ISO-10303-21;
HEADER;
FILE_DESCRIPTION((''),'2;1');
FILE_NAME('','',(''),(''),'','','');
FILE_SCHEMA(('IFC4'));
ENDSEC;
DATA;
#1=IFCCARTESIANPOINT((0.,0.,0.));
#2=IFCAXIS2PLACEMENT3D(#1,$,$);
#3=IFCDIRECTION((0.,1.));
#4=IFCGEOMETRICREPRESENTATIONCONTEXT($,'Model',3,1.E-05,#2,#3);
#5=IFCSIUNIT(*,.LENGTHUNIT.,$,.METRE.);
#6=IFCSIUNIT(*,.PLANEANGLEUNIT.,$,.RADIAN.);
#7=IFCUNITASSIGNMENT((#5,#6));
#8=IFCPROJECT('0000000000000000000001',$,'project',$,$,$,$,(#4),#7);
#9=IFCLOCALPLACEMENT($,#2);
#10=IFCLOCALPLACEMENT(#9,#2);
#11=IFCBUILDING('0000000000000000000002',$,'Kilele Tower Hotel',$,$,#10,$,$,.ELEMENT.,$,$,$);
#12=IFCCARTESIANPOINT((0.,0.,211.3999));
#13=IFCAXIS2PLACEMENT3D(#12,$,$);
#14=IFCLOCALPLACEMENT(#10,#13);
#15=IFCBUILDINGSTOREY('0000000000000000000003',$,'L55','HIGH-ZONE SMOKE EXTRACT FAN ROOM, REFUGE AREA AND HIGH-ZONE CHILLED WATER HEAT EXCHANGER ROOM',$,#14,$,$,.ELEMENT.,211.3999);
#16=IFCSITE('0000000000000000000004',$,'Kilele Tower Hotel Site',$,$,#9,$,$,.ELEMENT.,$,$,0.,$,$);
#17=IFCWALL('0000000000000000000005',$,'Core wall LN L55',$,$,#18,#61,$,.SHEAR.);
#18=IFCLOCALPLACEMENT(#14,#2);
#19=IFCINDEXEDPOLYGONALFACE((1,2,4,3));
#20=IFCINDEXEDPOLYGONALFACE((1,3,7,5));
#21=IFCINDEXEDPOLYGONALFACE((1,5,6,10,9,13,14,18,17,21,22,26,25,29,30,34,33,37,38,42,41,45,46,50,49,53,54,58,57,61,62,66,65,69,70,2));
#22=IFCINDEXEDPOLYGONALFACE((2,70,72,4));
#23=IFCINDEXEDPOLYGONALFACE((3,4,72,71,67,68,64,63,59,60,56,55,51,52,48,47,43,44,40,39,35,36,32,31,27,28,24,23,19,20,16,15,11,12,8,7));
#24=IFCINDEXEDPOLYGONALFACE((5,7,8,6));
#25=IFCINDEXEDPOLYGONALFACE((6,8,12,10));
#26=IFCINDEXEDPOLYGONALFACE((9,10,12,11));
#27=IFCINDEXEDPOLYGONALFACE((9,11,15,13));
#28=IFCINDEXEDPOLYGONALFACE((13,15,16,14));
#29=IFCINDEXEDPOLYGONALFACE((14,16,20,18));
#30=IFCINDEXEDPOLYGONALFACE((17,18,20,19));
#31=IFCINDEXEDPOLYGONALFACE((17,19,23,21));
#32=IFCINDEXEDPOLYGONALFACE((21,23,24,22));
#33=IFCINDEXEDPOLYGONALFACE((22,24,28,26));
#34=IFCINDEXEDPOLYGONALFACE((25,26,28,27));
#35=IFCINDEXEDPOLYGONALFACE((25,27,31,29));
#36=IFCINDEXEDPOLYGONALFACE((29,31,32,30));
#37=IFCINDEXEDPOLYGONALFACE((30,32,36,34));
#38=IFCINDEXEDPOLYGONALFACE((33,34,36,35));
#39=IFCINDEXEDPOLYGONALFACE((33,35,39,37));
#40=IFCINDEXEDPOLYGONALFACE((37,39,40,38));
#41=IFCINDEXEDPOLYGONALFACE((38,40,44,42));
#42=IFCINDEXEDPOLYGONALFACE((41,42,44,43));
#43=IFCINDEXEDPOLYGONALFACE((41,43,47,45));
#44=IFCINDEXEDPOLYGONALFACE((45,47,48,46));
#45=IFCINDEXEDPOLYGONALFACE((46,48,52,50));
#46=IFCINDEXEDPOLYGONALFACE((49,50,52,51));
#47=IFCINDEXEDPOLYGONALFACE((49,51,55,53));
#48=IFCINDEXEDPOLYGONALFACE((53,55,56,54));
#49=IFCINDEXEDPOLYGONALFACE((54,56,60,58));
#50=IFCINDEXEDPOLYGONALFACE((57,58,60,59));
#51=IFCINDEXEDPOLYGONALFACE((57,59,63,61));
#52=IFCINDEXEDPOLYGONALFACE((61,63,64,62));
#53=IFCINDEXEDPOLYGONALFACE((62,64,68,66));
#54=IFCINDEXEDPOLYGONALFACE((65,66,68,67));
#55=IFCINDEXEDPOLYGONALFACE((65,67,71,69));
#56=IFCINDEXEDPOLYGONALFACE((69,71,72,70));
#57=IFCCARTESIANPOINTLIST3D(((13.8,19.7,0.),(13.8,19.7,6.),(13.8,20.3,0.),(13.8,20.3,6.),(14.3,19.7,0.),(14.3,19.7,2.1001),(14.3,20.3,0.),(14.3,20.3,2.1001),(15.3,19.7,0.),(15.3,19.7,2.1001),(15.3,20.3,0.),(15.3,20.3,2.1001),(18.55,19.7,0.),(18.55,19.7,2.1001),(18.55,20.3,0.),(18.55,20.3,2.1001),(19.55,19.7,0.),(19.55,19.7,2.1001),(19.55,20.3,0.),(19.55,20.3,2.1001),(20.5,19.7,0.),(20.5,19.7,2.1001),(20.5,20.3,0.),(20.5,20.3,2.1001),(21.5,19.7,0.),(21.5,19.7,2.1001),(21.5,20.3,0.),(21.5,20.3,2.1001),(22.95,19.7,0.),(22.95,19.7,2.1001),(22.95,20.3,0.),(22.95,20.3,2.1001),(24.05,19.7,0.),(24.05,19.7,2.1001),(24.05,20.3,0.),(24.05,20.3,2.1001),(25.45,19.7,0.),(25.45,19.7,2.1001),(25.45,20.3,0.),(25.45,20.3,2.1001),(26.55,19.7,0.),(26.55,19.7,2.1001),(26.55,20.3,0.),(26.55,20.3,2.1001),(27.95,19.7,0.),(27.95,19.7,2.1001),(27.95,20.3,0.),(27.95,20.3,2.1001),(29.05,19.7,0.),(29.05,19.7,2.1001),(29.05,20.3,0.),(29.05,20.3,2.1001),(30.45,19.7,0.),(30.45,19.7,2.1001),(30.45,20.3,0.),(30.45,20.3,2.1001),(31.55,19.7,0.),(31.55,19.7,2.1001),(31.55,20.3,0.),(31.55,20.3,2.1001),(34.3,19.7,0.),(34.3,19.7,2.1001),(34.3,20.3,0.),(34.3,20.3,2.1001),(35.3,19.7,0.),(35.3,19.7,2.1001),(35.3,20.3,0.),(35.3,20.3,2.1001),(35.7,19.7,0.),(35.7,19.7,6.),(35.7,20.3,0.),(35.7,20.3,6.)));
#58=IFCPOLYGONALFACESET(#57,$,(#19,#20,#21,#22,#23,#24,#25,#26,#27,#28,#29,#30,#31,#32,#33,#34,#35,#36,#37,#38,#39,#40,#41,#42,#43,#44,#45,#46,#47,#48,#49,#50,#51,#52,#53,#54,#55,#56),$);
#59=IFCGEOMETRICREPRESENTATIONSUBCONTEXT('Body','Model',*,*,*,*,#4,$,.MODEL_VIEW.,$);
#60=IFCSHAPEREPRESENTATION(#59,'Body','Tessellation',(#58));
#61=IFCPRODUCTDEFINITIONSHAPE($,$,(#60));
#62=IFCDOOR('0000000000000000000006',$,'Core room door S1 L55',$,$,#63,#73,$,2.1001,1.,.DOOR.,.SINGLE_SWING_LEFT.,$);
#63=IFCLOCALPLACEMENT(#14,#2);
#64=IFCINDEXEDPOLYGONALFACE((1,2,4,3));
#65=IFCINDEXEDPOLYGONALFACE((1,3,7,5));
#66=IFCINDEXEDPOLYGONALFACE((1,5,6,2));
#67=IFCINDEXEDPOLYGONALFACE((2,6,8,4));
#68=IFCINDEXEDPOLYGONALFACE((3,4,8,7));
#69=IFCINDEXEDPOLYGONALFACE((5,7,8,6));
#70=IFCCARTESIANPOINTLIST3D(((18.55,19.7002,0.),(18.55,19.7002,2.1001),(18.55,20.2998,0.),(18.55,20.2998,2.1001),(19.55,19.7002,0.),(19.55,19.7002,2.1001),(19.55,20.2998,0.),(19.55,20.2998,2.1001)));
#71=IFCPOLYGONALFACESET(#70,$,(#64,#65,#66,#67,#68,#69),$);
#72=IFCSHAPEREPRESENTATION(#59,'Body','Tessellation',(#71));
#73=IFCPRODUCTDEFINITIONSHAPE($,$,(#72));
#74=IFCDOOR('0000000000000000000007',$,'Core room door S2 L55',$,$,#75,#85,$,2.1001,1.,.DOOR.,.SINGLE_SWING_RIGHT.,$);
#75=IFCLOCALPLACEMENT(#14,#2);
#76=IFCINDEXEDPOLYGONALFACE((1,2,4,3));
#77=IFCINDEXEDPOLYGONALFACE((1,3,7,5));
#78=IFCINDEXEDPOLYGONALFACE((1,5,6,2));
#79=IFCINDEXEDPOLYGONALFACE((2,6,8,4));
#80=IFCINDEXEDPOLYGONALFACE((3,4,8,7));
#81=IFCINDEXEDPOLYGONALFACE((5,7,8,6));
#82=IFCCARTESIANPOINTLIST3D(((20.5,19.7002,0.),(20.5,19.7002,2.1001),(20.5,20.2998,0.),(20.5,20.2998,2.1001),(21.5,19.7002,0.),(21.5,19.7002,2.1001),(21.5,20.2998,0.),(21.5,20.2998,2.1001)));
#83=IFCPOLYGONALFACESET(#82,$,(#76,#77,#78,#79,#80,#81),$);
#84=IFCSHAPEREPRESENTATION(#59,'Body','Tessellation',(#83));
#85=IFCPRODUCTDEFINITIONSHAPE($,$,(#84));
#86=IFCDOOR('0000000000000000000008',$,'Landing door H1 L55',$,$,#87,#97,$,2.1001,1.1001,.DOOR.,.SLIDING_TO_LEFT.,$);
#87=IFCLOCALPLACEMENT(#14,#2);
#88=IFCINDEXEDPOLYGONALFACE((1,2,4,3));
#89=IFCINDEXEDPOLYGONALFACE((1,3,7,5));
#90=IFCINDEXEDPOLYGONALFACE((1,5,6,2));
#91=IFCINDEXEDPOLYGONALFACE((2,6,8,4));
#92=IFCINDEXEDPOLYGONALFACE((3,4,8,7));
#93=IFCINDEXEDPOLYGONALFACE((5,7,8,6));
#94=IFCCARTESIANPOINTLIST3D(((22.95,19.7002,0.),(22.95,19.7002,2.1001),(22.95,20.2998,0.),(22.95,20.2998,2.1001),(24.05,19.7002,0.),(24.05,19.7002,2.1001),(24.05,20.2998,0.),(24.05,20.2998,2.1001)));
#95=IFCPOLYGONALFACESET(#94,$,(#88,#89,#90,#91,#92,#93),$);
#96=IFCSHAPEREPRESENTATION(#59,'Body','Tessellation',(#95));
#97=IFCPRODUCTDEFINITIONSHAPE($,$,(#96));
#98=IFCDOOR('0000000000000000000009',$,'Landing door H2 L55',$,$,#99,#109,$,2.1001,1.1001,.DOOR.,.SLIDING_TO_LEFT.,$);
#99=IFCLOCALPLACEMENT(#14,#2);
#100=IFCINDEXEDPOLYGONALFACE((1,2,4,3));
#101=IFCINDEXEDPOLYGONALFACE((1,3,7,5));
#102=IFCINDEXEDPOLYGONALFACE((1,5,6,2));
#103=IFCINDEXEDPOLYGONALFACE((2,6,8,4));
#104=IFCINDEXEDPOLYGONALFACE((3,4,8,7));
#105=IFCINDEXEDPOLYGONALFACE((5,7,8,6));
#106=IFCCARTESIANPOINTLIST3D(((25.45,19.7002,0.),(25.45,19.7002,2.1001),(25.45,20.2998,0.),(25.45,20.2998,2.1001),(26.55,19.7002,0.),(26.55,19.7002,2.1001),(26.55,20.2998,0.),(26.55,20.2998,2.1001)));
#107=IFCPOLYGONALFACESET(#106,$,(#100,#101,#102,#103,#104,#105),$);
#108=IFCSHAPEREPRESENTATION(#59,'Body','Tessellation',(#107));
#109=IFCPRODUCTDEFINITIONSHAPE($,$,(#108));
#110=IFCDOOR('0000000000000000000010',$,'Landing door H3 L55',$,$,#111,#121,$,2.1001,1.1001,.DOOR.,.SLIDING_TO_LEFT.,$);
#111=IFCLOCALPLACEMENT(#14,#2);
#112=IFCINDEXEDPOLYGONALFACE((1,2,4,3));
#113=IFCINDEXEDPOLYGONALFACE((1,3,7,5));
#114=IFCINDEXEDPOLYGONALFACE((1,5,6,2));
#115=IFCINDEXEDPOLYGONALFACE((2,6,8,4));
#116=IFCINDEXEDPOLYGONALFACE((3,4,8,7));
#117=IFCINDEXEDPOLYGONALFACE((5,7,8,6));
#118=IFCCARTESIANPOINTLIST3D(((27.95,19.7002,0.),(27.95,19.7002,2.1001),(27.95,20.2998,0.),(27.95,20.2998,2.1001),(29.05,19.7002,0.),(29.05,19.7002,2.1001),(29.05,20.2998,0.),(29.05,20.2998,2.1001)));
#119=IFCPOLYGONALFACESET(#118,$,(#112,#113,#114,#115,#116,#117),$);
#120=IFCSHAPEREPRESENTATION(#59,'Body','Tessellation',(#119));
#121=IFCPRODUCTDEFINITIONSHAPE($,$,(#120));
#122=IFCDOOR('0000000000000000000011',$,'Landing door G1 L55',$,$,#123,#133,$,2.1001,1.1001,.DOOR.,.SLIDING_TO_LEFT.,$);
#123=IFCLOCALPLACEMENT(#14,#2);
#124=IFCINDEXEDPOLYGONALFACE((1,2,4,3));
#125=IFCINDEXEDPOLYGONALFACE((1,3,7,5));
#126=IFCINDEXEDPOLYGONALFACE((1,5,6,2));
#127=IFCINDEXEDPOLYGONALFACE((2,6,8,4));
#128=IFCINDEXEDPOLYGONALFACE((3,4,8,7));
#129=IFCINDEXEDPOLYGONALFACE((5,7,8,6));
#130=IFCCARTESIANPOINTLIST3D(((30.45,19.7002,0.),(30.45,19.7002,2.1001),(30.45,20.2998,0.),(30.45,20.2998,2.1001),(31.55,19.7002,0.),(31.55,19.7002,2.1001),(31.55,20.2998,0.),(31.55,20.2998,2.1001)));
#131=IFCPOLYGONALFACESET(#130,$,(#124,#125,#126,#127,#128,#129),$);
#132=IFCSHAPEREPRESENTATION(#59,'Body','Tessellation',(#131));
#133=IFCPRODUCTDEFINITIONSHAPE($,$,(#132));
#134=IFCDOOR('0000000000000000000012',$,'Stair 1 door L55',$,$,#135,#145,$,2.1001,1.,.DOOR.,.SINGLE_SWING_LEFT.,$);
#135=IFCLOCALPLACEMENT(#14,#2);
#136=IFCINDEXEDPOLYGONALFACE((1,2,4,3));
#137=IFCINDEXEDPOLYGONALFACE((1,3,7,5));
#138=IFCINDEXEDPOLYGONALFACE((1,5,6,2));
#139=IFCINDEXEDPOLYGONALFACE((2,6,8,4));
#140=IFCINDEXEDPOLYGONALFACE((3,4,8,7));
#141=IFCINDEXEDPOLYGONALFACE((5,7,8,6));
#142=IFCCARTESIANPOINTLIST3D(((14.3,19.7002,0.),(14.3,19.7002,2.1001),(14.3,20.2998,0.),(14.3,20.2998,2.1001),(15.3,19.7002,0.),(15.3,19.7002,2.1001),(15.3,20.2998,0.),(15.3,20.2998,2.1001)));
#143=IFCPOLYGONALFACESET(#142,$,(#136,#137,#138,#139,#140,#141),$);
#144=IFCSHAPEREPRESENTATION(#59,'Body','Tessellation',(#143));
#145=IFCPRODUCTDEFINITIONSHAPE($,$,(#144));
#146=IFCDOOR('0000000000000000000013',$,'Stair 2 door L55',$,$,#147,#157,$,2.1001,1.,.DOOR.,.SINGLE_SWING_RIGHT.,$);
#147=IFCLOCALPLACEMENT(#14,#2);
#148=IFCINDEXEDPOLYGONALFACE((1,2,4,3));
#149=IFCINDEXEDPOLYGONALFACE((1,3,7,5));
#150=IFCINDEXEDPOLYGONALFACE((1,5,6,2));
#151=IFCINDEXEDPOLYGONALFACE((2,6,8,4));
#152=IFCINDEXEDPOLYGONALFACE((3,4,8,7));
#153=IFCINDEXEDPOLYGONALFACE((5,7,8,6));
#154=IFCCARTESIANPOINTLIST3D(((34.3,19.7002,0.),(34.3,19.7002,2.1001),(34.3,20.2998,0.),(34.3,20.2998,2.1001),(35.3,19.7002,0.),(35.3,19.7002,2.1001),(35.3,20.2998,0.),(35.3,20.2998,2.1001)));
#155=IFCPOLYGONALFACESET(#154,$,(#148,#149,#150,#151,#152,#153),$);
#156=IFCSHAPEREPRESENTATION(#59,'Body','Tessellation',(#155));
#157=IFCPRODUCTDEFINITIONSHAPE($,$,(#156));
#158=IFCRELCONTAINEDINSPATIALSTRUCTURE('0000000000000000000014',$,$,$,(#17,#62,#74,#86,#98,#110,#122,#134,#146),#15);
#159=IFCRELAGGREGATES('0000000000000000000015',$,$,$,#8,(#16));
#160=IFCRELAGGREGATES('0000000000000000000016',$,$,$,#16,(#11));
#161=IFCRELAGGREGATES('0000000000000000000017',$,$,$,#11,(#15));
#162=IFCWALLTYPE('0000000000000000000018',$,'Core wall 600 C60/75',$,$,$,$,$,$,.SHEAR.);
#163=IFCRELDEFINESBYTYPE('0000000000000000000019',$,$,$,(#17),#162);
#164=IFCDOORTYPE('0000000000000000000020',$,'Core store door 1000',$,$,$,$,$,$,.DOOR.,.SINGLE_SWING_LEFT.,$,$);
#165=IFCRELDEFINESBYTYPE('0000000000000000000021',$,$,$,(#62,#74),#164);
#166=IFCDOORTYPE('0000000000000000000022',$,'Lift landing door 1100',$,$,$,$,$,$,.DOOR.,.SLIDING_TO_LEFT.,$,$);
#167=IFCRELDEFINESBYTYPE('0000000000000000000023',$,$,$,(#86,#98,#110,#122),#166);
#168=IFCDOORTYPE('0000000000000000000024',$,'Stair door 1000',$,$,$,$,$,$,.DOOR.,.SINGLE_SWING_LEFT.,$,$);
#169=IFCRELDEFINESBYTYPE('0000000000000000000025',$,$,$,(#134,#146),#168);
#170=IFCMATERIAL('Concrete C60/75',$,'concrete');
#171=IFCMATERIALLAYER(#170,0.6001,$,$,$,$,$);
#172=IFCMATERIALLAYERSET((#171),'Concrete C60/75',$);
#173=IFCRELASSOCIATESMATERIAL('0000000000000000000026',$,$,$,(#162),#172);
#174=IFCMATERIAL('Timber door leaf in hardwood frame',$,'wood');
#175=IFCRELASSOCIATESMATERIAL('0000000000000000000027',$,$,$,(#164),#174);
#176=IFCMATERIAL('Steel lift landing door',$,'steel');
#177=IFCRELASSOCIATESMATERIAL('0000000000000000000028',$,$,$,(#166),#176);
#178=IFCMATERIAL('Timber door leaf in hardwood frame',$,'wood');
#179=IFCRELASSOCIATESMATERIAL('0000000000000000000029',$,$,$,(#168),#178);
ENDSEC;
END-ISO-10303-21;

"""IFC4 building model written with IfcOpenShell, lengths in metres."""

from ifc_helpers import new_model, si_unit, direction, frame, frame_2d, origin, place, context, subcontext, project, spatial, rectangle, extrude, material, layer, layer_set, type_object, element, fill, save


model = new_model("IFC4")

# Units and contexts
model_context = context("Model", 3, precision=1e-05, world=origin(), true_north=direction((0.0, 1.0)))
body_context = subcontext(model_context, "Body", "Model", "MODEL_VIEW")
ifc_project = project(units=[si_unit("LENGTHUNIT", "METRE"), si_unit("PLANEANGLEUNIT", "RADIAN")], contexts=[model_context])

# Site, building, storey
site_placement = place(None, origin())
site = spatial("IfcSite", under=ifc_project, at=site_placement, Name="Kilele Tower Hotel Site", CompositionType="ELEMENT", RefElevation=0.0)
building_placement = place(site_placement, origin())
building = spatial("IfcBuilding", under=site, at=building_placement, Name="Kilele Tower Hotel", CompositionType="ELEMENT")
storey_placement = place(building_placement, frame((0.0, 0.0, 211.3999)))
storey = spatial("IfcBuildingStorey", under=building, at=storey_placement, Name="L55", Description="HIGH-ZONE SMOKE EXTRACT FAN ROOM, REFUGE AREA AND HIGH-ZONE CHILLED WATER HEAT EXCHANGER ROOM", CompositionType="ELEMENT", Elevation=211.3999)

# Shared definitions
ifc_material_1 = material(Name="Concrete C60/75", Category="concrete")
ifc_layer_1 = layer(ifc_material_1, 0.6001)
ifc_layer_set_1 = layer_set([ifc_layer_1], Name="Concrete C60/75")
wall_type_1 = type_object("IfcWallType", Name="Core wall 600 C60/75", PredefinedType="SHEAR", material=ifc_layer_set_1)

# Wall, openings, doors
ifc_material_2 = material(Name="Timber door leaf in hardwood frame", Category="wood")
door_type_1 = type_object("IfcDoorType", Name="Core store door 1000", OperationType="SINGLE_SWING_LEFT", PredefinedType="DOOR", material=ifc_material_2)
wall_1_placement = place(storey_placement, frame((13.8, 20.0, 0.0), z_axis=(0.0, 0.0, 1.0), x_axis=(1.0, 0.0, 0.0)))
wall_1 = element("IfcWall", 1, at=wall_1_placement, inside=storey, type_object=wall_type_1, Name="Core wall LN L55", PredefinedType="SHEAR", context=body_context, shape_type="SweptSolid", body=[
    extrude(rectangle(XDim=21.8999, YDim=0.6001, at=frame_2d((10.95, 0.0))), origin(), (0.0, 0.0, 1.0), 6.0),
])
opening_1_placement = place(wall_1_placement, frame((0.5, 0.0, 0.0)))
opening_1 = element("IfcOpeningElement", 2, at=opening_1_placement, cuts=wall_1, PredefinedType="OPENING", context=body_context, shape_type="SweptSolid", body=[
    extrude(rectangle(XDim=1.0, YDim=2.1001, at=frame_2d((0.5, 1.05))), frame((0.0, 0.3101, 0.0), z_axis=(0.0, -1.0, 0.0), x_axis=(1.0, 0.0, 0.0)), (0.0, 0.0, 1.0), 0.6201),
])
opening_2_placement = place(wall_1_placement, frame((20.5, 0.0, 0.0)))
opening_2 = element("IfcOpeningElement", 3, at=opening_2_placement, cuts=wall_1, PredefinedType="OPENING", context=body_context, shape_type="SweptSolid", body=[
    extrude(rectangle(XDim=1.0, YDim=2.1001, at=frame_2d((0.5, 1.05))), frame((0.0, 0.3101, 0.0), z_axis=(0.0, -1.0, 0.0), x_axis=(1.0, 0.0, 0.0)), (0.0, 0.0, 1.0), 0.6201),
])
opening_3_placement = place(wall_1_placement, frame((9.1499, 0.0, 0.0)))
opening_3 = element("IfcOpeningElement", 4, at=opening_3_placement, cuts=wall_1, PredefinedType="OPENING", context=body_context, shape_type="SweptSolid", body=[
    extrude(rectangle(XDim=1.1001, YDim=2.1001, at=frame_2d((0.55, 1.05))), frame((0.0, 0.3101, 0.0), z_axis=(0.0, -1.0, 0.0), x_axis=(1.0, 0.0, 0.0)), (0.0, 0.0, 1.0), 0.6201),
])
opening_4_placement = place(wall_1_placement, frame((11.6499, 0.0, 0.0)))
opening_4 = element("IfcOpeningElement", 5, at=opening_4_placement, cuts=wall_1, PredefinedType="OPENING", context=body_context, shape_type="SweptSolid", body=[
    extrude(rectangle(XDim=1.1001, YDim=2.1001, at=frame_2d((0.55, 1.05))), frame((0.0, 0.3101, 0.0), z_axis=(0.0, -1.0, 0.0), x_axis=(1.0, 0.0, 0.0)), (0.0, 0.0, 1.0), 0.6201),
])
opening_5_placement = place(wall_1_placement, frame((14.1499, 0.0, 0.0)))
opening_5 = element("IfcOpeningElement", 6, at=opening_5_placement, cuts=wall_1, PredefinedType="OPENING", context=body_context, shape_type="SweptSolid", body=[
    extrude(rectangle(XDim=1.1001, YDim=2.1001, at=frame_2d((0.55, 1.05))), frame((0.0, 0.3101, 0.0), z_axis=(0.0, -1.0, 0.0), x_axis=(1.0, 0.0, 0.0)), (0.0, 0.0, 1.0), 0.6201),
])
opening_6_placement = place(wall_1_placement, frame((16.6499, 0.0, 0.0)))
opening_6 = element("IfcOpeningElement", 7, at=opening_6_placement, cuts=wall_1, PredefinedType="OPENING", context=body_context, shape_type="SweptSolid", body=[
    extrude(rectangle(XDim=1.1001, YDim=2.1001, at=frame_2d((0.55, 1.05))), frame((0.0, 0.3101, 0.0), z_axis=(0.0, -1.0, 0.0), x_axis=(1.0, 0.0, 0.0)), (0.0, 0.0, 1.0), 0.6201),
])
opening_7_placement = place(wall_1_placement, frame((4.75, 0.0, 0.0)))
opening_7 = element("IfcOpeningElement", 8, at=opening_7_placement, cuts=wall_1, PredefinedType="OPENING", context=body_context, shape_type="SweptSolid", body=[
    extrude(rectangle(XDim=1.0, YDim=2.1001, at=frame_2d((0.5, 1.05))), frame((0.0, 0.3101, 0.0), z_axis=(0.0, -1.0, 0.0), x_axis=(1.0, 0.0, 0.0)), (0.0, 0.0, 1.0), 0.6201),
])
opening_8_placement = place(wall_1_placement, frame((6.7, 0.0, 0.0)))
opening_8 = element("IfcOpeningElement", 9, at=opening_8_placement, cuts=wall_1, PredefinedType="OPENING", context=body_context, shape_type="SweptSolid", body=[
    extrude(rectangle(XDim=1.0, YDim=2.1001, at=frame_2d((0.5, 1.05))), frame((0.0, 0.3101, 0.0), z_axis=(0.0, -1.0, 0.0), x_axis=(1.0, 0.0, 0.0)), (0.0, 0.0, 1.0), 0.6201),
])
door_1_placement = place(opening_7_placement, origin())
door_1 = element("IfcDoor", 10, at=door_1_placement, inside=storey, type_object=door_type_1, Name="Core room door S1 L55", OperationType="SINGLE_SWING_LEFT", OverallHeight=2.1001, OverallWidth=1.0, PredefinedType="DOOR", context=body_context, shape_type="SweptSolid", body=[
    extrude(rectangle(XDim=1.0, YDim=2.1001, at=frame_2d((0.5, 1.05))), frame((0.0, 0.2998, 0.0), z_axis=(0.0, -1.0, 0.0), x_axis=(1.0, 0.0, 0.0)), (0.0, 0.0, 1.0), 0.5996),
])
fill(opening_7, door_1)
door_2_placement = place(opening_8_placement, origin())
door_2 = element("IfcDoor", 11, at=door_2_placement, inside=storey, type_object=door_type_1, Name="Core room door S2 L55", OperationType="SINGLE_SWING_RIGHT", OverallHeight=2.1001, OverallWidth=1.0, PredefinedType="DOOR", context=body_context, shape_type="SweptSolid", body=[
    extrude(rectangle(XDim=1.0, YDim=2.1001, at=frame_2d((0.5, 1.05))), frame((0.0, 0.2998, 0.0), z_axis=(0.0, -1.0, 0.0), x_axis=(1.0, 0.0, 0.0)), (0.0, 0.0, 1.0), 0.5996),
])
fill(opening_8, door_2)
ifc_material_3 = material(Name="Steel lift landing door", Category="steel")
door_type_2 = type_object("IfcDoorType", Name="Lift landing door 1100", OperationType="SLIDING_TO_LEFT", PredefinedType="DOOR", material=ifc_material_3)
door_3_placement = place(opening_3_placement, origin())
door_3 = element("IfcDoor", 12, at=door_3_placement, inside=storey, type_object=door_type_2, Name="Landing door H1 L55", OperationType="SLIDING_TO_LEFT", OverallHeight=2.1001, OverallWidth=1.1001, PredefinedType="DOOR", context=body_context, shape_type="SweptSolid", body=[
    extrude(rectangle(XDim=1.1001, YDim=2.1001, at=frame_2d((0.55, 1.05))), frame((0.0, 0.2998, 0.0), z_axis=(0.0, -1.0, 0.0), x_axis=(1.0, 0.0, 0.0)), (0.0, 0.0, 1.0), 0.5996),
])
fill(opening_3, door_3)
door_4_placement = place(opening_4_placement, origin())
door_4 = element("IfcDoor", 13, at=door_4_placement, inside=storey, type_object=door_type_2, Name="Landing door H2 L55", OperationType="SLIDING_TO_LEFT", OverallHeight=2.1001, OverallWidth=1.1001, PredefinedType="DOOR", context=body_context, shape_type="SweptSolid", body=[
    extrude(rectangle(XDim=1.1001, YDim=2.1001, at=frame_2d((0.55, 1.05))), frame((0.0, 0.2998, 0.0), z_axis=(0.0, -1.0, 0.0), x_axis=(1.0, 0.0, 0.0)), (0.0, 0.0, 1.0), 0.5996),
])
fill(opening_4, door_4)
door_5_placement = place(opening_5_placement, origin())
door_5 = element("IfcDoor", 14, at=door_5_placement, inside=storey, type_object=door_type_2, Name="Landing door H3 L55", OperationType="SLIDING_TO_LEFT", OverallHeight=2.1001, OverallWidth=1.1001, PredefinedType="DOOR", context=body_context, shape_type="SweptSolid", body=[
    extrude(rectangle(XDim=1.1001, YDim=2.1001, at=frame_2d((0.55, 1.05))), frame((0.0, 0.2998, 0.0), z_axis=(0.0, -1.0, 0.0), x_axis=(1.0, 0.0, 0.0)), (0.0, 0.0, 1.0), 0.5996),
])
fill(opening_5, door_5)
door_6_placement = place(opening_6_placement, origin())
door_6 = element("IfcDoor", 15, at=door_6_placement, inside=storey, type_object=door_type_2, Name="Landing door G1 L55", OperationType="SLIDING_TO_LEFT", OverallHeight=2.1001, OverallWidth=1.1001, PredefinedType="DOOR", context=body_context, shape_type="SweptSolid", body=[
    extrude(rectangle(XDim=1.1001, YDim=2.1001, at=frame_2d((0.55, 1.05))), frame((0.0, 0.2998, 0.0), z_axis=(0.0, -1.0, 0.0), x_axis=(1.0, 0.0, 0.0)), (0.0, 0.0, 1.0), 0.5996),
])
fill(opening_6, door_6)
ifc_material_4 = material(Name="Timber door leaf in hardwood frame", Category="wood")
door_type_3 = type_object("IfcDoorType", Name="Stair door 1000", OperationType="SINGLE_SWING_LEFT", PredefinedType="DOOR", material=ifc_material_4)
door_7_placement = place(opening_1_placement, origin())
door_7 = element("IfcDoor", 16, at=door_7_placement, inside=storey, type_object=door_type_3, Name="Stair 1 door L55", OperationType="SINGLE_SWING_LEFT", OverallHeight=2.1001, OverallWidth=1.0, PredefinedType="DOOR", context=body_context, shape_type="SweptSolid", body=[
    extrude(rectangle(XDim=1.0, YDim=2.1001, at=frame_2d((0.5, 1.05))), frame((0.0, 0.2998, 0.0), z_axis=(0.0, -1.0, 0.0), x_axis=(1.0, 0.0, 0.0)), (0.0, 0.0, 1.0), 0.5996),
])
fill(opening_1, door_7)
door_8_placement = place(opening_2_placement, origin())
door_8 = element("IfcDoor", 17, at=door_8_placement, inside=storey, type_object=door_type_3, Name="Stair 2 door L55", OperationType="SINGLE_SWING_RIGHT", OverallHeight=2.1001, OverallWidth=1.0, PredefinedType="DOOR", context=body_context, shape_type="SweptSolid", body=[
    extrude(rectangle(XDim=1.0, YDim=2.1001, at=frame_2d((0.5, 1.05))), frame((0.0, 0.2998, 0.0), z_axis=(0.0, -1.0, 0.0), x_axis=(1.0, 0.0, 0.0)), (0.0, 0.0, 1.0), 0.5996),
])
fill(opening_2, door_8)

save(model, "model.ifc")
